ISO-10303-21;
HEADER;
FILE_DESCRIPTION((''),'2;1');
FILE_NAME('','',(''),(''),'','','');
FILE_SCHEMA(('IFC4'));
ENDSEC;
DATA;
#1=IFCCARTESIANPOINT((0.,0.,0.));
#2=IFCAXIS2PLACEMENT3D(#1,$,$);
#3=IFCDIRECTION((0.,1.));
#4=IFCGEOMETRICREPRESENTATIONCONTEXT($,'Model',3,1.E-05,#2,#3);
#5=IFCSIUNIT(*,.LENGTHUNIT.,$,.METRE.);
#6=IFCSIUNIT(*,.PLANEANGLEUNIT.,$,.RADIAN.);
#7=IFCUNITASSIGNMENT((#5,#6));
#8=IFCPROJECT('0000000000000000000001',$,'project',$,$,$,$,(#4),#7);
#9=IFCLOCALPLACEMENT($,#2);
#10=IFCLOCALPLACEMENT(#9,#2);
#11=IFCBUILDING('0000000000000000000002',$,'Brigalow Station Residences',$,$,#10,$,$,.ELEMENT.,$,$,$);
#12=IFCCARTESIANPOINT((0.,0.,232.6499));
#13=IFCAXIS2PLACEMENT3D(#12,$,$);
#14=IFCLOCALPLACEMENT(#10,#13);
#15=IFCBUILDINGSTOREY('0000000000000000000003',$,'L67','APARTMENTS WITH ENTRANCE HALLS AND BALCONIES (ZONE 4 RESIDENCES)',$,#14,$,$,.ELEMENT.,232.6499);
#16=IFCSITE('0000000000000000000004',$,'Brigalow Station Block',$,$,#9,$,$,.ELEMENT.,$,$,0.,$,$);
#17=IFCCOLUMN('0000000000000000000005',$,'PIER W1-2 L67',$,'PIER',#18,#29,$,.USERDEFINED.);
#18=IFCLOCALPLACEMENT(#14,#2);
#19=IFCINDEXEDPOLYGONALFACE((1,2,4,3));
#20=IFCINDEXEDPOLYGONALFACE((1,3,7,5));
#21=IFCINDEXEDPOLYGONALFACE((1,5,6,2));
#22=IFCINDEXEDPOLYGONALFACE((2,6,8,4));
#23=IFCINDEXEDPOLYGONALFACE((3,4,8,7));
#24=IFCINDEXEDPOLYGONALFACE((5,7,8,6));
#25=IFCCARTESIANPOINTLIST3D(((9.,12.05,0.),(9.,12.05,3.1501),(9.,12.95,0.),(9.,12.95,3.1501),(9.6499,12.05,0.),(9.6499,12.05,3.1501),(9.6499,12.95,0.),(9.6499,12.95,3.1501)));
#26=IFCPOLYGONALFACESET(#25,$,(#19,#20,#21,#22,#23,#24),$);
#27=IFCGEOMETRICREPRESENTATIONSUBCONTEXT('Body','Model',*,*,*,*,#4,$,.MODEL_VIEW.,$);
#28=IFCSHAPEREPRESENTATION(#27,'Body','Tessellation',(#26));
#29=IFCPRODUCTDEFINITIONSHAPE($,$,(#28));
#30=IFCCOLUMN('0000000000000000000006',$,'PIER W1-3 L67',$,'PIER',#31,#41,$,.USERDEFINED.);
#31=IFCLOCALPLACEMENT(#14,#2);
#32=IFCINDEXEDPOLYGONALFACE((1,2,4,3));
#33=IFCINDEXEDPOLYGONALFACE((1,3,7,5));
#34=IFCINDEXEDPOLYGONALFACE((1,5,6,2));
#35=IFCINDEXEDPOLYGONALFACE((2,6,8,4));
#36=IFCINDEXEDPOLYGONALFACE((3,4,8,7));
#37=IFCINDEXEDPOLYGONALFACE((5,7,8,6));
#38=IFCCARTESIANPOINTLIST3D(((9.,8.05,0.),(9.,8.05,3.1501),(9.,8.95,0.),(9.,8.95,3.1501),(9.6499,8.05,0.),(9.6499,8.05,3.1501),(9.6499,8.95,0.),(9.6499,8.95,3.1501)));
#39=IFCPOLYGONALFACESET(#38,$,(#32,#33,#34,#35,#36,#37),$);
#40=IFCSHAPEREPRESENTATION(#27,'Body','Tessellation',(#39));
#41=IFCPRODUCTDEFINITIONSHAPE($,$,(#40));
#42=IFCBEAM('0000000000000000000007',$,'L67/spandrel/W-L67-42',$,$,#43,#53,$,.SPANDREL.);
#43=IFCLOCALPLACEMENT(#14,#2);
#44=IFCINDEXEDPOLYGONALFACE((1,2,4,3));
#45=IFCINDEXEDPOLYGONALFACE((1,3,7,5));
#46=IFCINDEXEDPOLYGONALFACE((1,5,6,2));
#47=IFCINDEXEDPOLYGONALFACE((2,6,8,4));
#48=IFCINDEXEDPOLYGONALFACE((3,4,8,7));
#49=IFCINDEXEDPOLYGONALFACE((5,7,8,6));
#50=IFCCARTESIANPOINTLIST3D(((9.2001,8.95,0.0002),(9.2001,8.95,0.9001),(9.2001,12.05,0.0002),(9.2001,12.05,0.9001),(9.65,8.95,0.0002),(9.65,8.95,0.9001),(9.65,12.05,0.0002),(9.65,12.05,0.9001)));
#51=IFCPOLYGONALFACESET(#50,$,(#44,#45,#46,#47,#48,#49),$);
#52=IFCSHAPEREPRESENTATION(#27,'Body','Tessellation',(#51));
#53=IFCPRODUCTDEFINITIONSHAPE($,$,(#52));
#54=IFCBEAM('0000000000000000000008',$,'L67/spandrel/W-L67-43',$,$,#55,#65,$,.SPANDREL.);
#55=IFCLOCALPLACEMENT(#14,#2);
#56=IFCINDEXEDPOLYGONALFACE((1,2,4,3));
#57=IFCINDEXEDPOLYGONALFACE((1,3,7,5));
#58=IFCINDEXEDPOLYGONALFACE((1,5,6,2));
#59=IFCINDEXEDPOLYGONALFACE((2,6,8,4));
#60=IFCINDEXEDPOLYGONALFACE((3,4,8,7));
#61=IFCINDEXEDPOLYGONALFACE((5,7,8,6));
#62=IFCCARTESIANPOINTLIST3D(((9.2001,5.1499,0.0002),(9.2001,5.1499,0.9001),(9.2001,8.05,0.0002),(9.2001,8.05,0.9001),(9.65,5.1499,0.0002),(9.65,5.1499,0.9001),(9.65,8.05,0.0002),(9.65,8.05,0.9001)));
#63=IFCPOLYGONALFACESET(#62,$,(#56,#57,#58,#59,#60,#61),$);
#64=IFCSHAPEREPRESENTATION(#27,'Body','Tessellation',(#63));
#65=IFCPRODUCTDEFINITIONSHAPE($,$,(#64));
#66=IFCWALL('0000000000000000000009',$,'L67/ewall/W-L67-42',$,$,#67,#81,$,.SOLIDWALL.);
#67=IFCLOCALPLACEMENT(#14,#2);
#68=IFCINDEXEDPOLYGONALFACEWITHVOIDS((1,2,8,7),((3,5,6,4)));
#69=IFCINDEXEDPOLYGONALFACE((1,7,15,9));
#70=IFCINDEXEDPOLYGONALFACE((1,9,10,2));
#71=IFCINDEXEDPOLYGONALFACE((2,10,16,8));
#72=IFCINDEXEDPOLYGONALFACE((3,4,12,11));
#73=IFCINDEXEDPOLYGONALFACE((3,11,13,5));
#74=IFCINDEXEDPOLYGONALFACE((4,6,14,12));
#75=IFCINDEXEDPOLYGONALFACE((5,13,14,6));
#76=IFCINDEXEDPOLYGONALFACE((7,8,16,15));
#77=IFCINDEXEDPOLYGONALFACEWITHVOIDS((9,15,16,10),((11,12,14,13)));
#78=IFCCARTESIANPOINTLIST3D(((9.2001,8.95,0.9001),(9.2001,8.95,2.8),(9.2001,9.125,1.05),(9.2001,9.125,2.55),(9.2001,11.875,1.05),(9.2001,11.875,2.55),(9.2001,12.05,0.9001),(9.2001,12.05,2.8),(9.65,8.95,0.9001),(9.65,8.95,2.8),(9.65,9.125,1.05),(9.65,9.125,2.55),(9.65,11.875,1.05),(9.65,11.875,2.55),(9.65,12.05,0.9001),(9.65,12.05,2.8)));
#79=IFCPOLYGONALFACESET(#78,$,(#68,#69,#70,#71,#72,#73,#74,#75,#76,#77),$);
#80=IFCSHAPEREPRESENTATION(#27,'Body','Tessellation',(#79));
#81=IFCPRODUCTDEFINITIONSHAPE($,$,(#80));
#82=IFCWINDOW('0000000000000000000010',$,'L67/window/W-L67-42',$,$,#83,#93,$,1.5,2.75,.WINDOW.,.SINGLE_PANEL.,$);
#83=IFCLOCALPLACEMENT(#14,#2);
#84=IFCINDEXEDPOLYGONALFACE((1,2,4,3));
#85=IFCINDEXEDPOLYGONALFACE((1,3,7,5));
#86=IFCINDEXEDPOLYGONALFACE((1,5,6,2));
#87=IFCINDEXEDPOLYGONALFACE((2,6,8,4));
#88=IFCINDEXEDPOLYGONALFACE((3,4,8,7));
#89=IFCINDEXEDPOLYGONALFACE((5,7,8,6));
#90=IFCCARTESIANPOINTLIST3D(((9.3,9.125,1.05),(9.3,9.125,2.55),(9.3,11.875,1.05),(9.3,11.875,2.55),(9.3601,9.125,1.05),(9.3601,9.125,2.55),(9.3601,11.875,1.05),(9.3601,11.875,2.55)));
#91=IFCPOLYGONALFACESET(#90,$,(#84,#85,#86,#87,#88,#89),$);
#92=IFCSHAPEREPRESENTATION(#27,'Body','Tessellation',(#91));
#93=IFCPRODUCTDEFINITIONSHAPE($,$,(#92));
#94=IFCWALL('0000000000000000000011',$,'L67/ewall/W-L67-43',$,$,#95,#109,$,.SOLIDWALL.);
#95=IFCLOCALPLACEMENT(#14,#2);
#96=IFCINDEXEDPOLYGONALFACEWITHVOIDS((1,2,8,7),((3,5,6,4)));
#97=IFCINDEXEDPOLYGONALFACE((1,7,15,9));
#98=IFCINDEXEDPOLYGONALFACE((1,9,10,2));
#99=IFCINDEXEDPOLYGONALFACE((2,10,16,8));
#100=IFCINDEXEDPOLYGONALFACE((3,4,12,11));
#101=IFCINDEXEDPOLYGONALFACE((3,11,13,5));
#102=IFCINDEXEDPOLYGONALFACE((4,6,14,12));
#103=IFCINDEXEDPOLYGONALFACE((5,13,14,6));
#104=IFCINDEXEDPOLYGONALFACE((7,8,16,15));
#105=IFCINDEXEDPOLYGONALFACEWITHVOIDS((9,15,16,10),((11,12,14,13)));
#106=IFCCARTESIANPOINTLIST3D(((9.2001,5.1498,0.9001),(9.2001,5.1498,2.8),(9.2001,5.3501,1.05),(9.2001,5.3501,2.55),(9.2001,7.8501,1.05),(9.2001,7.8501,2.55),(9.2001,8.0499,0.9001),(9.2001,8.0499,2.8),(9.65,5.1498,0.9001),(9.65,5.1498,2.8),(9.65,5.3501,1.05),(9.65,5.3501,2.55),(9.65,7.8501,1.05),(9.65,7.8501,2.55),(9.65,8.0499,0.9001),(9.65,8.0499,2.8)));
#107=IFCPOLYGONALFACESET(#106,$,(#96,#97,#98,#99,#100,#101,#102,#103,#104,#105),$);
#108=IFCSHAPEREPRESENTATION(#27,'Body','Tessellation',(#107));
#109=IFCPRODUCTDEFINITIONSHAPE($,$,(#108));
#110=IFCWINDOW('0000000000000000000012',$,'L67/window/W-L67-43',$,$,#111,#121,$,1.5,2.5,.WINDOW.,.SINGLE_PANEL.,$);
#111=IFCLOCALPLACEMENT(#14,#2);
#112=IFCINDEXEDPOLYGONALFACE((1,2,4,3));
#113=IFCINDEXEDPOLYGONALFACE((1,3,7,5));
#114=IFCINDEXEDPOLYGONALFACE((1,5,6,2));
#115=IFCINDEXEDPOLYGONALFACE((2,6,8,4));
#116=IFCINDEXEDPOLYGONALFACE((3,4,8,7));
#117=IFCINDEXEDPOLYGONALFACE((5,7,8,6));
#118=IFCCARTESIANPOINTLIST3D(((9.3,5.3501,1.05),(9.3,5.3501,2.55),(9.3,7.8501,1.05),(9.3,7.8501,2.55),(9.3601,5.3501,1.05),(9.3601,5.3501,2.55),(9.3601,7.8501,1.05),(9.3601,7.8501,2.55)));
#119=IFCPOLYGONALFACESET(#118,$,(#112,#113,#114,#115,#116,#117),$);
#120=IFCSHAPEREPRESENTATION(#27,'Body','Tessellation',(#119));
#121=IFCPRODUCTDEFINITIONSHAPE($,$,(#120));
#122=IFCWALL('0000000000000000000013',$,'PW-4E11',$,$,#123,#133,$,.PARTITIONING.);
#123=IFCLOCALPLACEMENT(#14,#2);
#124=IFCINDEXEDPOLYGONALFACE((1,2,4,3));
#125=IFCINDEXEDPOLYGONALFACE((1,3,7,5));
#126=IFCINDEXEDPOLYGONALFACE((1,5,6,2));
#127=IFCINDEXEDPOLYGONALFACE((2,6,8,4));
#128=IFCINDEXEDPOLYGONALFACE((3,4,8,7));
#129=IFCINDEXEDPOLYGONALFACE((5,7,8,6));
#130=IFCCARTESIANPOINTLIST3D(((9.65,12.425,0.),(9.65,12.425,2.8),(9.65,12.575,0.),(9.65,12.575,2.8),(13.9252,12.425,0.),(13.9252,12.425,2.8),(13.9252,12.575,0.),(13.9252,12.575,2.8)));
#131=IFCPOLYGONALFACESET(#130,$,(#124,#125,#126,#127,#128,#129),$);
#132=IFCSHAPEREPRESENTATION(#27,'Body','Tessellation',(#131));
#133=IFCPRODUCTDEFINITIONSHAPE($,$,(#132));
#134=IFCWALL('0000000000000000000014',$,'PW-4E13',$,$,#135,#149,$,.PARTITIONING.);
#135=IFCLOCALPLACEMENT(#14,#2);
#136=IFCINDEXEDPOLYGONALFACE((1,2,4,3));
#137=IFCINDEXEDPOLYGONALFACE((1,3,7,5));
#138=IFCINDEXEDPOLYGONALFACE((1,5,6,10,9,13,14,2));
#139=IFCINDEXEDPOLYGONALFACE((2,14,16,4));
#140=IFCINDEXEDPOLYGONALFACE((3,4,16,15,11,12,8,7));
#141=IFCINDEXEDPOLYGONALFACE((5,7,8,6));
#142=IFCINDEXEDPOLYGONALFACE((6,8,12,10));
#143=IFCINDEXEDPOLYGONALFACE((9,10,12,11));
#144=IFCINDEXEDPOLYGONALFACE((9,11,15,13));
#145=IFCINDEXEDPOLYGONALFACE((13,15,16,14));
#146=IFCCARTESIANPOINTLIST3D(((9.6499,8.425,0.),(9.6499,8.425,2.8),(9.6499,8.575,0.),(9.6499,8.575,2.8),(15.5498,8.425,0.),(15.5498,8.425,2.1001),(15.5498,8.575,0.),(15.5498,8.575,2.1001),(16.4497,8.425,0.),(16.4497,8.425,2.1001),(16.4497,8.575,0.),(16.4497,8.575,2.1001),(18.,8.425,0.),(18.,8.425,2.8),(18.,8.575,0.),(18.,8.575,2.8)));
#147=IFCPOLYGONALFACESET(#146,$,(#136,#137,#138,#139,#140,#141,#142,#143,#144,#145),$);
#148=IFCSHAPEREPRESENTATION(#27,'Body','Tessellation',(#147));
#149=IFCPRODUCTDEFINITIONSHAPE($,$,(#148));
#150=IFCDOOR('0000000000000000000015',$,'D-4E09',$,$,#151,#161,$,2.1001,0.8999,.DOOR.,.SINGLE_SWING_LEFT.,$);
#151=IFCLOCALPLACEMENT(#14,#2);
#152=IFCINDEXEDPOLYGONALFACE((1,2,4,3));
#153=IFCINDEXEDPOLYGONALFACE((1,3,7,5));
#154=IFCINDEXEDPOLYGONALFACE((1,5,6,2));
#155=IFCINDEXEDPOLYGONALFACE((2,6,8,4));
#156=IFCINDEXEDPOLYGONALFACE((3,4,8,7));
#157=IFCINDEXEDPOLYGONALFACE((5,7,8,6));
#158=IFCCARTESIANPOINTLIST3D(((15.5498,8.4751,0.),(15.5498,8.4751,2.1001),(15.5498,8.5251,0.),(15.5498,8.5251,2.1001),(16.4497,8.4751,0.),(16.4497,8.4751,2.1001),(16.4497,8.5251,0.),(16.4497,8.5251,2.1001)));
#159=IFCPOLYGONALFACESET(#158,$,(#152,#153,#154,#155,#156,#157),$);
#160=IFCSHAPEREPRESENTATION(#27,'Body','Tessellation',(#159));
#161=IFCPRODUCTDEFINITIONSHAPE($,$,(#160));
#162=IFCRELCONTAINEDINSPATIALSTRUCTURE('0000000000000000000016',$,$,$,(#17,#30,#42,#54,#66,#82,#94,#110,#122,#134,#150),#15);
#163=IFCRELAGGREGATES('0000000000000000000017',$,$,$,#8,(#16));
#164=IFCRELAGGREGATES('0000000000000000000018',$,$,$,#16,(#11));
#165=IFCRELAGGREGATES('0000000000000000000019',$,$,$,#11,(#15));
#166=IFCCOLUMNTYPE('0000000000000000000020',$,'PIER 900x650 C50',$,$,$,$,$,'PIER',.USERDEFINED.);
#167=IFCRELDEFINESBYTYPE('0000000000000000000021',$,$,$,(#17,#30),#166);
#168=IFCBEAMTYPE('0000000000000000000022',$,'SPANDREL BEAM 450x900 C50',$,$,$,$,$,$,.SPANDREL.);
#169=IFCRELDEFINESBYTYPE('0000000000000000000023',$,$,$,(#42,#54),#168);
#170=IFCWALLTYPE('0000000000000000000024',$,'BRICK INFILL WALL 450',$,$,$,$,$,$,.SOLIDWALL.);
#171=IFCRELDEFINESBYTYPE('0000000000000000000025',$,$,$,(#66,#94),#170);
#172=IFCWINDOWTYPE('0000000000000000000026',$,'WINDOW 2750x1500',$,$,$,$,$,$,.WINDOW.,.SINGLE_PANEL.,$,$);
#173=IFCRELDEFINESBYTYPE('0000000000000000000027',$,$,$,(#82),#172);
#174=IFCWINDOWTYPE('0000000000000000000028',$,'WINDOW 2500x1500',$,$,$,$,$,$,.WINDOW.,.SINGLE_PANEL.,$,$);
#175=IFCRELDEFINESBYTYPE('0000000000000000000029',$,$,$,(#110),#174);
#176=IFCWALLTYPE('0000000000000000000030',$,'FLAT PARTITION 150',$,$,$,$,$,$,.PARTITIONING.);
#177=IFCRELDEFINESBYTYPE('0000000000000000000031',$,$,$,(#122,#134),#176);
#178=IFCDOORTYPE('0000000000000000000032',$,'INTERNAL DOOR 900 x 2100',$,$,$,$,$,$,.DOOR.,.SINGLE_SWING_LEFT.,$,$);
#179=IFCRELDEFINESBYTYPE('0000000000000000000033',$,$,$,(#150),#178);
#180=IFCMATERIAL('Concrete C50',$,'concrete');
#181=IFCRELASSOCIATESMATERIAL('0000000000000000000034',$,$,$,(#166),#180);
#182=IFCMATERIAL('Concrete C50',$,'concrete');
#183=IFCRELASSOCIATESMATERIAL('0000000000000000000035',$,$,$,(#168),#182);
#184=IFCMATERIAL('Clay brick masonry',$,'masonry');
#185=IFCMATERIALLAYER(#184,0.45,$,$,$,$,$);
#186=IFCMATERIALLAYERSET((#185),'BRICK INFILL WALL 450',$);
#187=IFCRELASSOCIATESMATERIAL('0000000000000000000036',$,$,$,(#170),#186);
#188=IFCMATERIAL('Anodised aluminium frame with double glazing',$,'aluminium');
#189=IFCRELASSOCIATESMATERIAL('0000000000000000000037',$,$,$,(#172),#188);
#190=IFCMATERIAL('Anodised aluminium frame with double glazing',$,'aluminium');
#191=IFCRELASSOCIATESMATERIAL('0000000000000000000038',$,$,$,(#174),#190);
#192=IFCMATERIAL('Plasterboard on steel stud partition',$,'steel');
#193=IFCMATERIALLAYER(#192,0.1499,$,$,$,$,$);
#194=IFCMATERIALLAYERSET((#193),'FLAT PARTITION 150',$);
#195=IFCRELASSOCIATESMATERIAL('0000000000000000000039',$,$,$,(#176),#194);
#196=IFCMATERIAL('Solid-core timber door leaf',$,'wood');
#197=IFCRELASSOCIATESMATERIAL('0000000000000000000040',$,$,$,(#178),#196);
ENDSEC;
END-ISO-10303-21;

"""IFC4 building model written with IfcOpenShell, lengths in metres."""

from ifc_helpers import new_model, si_unit, direction, frame, frame_2d, origin, origin_2d, place, context, subcontext, project, spatial, rectangle, extrude, material, layer, layer_set, material_profile, profile_set, type_object, element, fill, save


model = new_model("IFC4")

# Units and contexts
model_context = context("Model", 3, precision=1e-05, world=origin(), true_north=direction((0.0, 1.0)))
body_context = subcontext(model_context, "Body", "Model", "MODEL_VIEW")
ifc_project = project(units=[si_unit("LENGTHUNIT", "METRE"), si_unit("PLANEANGLEUNIT", "RADIAN")], contexts=[model_context])

# Site, building, storey
site_placement = place(None, origin())
site = spatial("IfcSite", under=ifc_project, at=site_placement, Name="Brigalow Station Block", CompositionType="ELEMENT", RefElevation=0.0)
building_placement = place(site_placement, origin())
building = spatial("IfcBuilding", under=site, at=building_placement, Name="Brigalow Station Residences", CompositionType="ELEMENT")
storey_placement = place(building_placement, frame((0.0, 0.0, 232.6499)))
storey = spatial("IfcBuildingStorey", under=building, at=storey_placement, Name="L67", Description="APARTMENTS WITH ENTRANCE HALLS AND BALCONIES (ZONE 4 RESIDENCES)", CompositionType="ELEMENT", Elevation=232.6499)

# Columns
ifc_material_1 = material(Name="Concrete C50", Category="concrete")
ifc_material_profile_1 = material_profile(ifc_material_1, rectangle(XDim=0.8999, YDim=0.6499, at=origin_2d()), Name="RC900x650")
ifc_profile_set_1 = profile_set([ifc_material_profile_1], Name="Concrete C50")
column_type = type_object("IfcColumnType", Name="PIER 900x650 C50", ElementType="PIER", PredefinedType="USERDEFINED", material=ifc_profile_set_1)
for number, where, z_axis, x_axis, name in (
    (1, (9.325, 12.5, 0.0), (0.0, 0.0, 1.0), (0.0, -1.0, 0.0), "PIER W1-2 L67"),
    (2, (9.325, 8.5, 0.0), (0.0, 0.0, 1.0), (0.0, -1.0, 0.0), "PIER W1-3 L67"),
):
    element("IfcColumn", number, at=place(storey_placement, frame(where, z_axis=z_axis, x_axis=x_axis)), inside=storey, type_object=column_type, Name=name, ObjectType="PIER", PredefinedType="USERDEFINED", context=body_context, shape_type="SweptSolid", body=[
        extrude(rectangle(XDim=0.8999, YDim=0.6499, at=origin_2d()), origin(), (0.0, 0.0, 1.0), 3.1501),
    ])

# Beams
ifc_material_2 = material(Name="Concrete C50", Category="concrete")
ifc_material_profile_2 = material_profile(ifc_material_2, rectangle(XDim=0.45, YDim=0.8999, at=origin_2d()), Name="RC450x900")
ifc_profile_set_2 = profile_set([ifc_material_profile_2], Name="Concrete C50")
beam_type = type_object("IfcBeamType", Name="SPANDREL BEAM 450x900 C50", PredefinedType="SPANDREL", material=ifc_profile_set_2)
beam_1_placement = place(storey_placement, frame((9.425, 12.05, 0.4502), z_axis=(0.0, -1.0, 0.0), x_axis=(1.0, 0.0, 0.0)))
element("IfcBeam", 3, at=beam_1_placement, inside=storey, type_object=beam_type, Name="L67/spandrel/W-L67-42", PredefinedType="SPANDREL", context=body_context, shape_type="SweptSolid", body=[
    extrude(rectangle(XDim=0.45, YDim=0.8999, at=origin_2d()), origin(), (0.0, 0.0, 1.0), 3.1001),
])
beam_2_placement = place(storey_placement, frame((9.425, 8.05, 0.4502), z_axis=(0.0, -1.0, 0.0), x_axis=(1.0, 0.0, 0.0)))
element("IfcBeam", 4, at=beam_2_placement, inside=storey, type_object=beam_type, Name="L67/spandrel/W-L67-43", PredefinedType="SPANDREL", context=body_context, shape_type="SweptSolid", body=[
    extrude(rectangle(XDim=0.45, YDim=0.8999, at=origin_2d()), origin(), (0.0, 0.0, 1.0), 2.9001),
])

# Walls, openings, windows
ifc_material_3 = material(Name="Clay brick masonry", Category="masonry")
ifc_layer_1 = layer(ifc_material_3, 0.45)
ifc_layer_set_1 = layer_set([ifc_layer_1], Name="BRICK INFILL WALL 450")
wall_type_1 = type_object("IfcWallType", Name="BRICK INFILL WALL 450", PredefinedType="SOLIDWALL", material=ifc_layer_set_1)
wall_1_placement = place(storey_placement, frame((9.425, 12.05, 0.9001), z_axis=(0.0, 0.0, 1.0), x_axis=(0.0, -1.0, 0.0)))
wall_1 = element("IfcWall", 5, at=wall_1_placement, inside=storey, type_object=wall_type_1, Name="L67/ewall/W-L67-42", PredefinedType="SOLIDWALL", context=body_context, shape_type="SweptSolid", body=[
    extrude(rectangle(XDim=3.1001, YDim=0.45, at=frame_2d((1.55, 0.0))), origin(), (0.0, 0.0, 1.0), 1.8999),
])
opening_1_placement = place(wall_1_placement, frame((0.175, 0.0, 0.1499)))
opening_1 = element("IfcOpeningElement", 6, at=opening_1_placement, cuts=wall_1, PredefinedType="OPENING", context=body_context, shape_type="SweptSolid", body=[
    extrude(rectangle(XDim=2.75, YDim=1.5, at=frame_2d((1.375, 0.75))), frame((0.0, 0.2349, 0.0), z_axis=(0.0, -1.0, 0.0), x_axis=(1.0, 0.0, 0.0)), (0.0, 0.0, 1.0), 0.47),
])
ifc_material_4 = material(Name="Anodised aluminium frame with double glazing", Category="aluminium")
window_type_1 = type_object("IfcWindowType", Name="WINDOW 2750x1500", PartitioningType="SINGLE_PANEL", PredefinedType="WINDOW", material=ifc_material_4)
window_1_placement = place(opening_1_placement, origin())
window_1 = element("IfcWindow", 7, at=window_1_placement, inside=storey, type_object=window_type_1, Name="L67/window/W-L67-42", OverallHeight=1.5, OverallWidth=2.75, PartitioningType="SINGLE_PANEL", PredefinedType="WINDOW", context=body_context, shape_type="SweptSolid", body=[
    extrude(rectangle(XDim=2.75, YDim=1.5, at=frame_2d((1.375, 0.75))), frame((0.0, -0.0649, 0.0), z_axis=(0.0, -1.0, 0.0), x_axis=(1.0, 0.0, 0.0)), (0.0, 0.0, 1.0), 0.0601),
])
fill(opening_1, window_1)
wall_2_placement = place(storey_placement, frame((9.425, 8.05, 0.9001), z_axis=(0.0, 0.0, 1.0), x_axis=(0.0, -1.0, 0.0)))
wall_2 = element("IfcWall", 8, at=wall_2_placement, inside=storey, type_object=wall_type_1, Name="L67/ewall/W-L67-43", PredefinedType="SOLIDWALL", context=body_context, shape_type="SweptSolid", body=[
    extrude(rectangle(XDim=2.9001, YDim=0.45, at=frame_2d((1.4502, 0.0))), origin(), (0.0, 0.0, 1.0), 1.8999),
])
opening_2_placement = place(wall_2_placement, frame((0.2, 0.0, 0.1499)))
opening_2 = element("IfcOpeningElement", 9, at=opening_2_placement, cuts=wall_2, PredefinedType="OPENING", context=body_context, shape_type="SweptSolid", body=[
    extrude(rectangle(XDim=2.5, YDim=1.5, at=frame_2d((1.25, 0.75))), frame((0.0, 0.2349, 0.0), z_axis=(0.0, -1.0, 0.0), x_axis=(1.0, 0.0, 0.0)), (0.0, 0.0, 1.0), 0.47),
])
ifc_material_5 = material(Name="Anodised aluminium frame with double glazing", Category="aluminium")
window_type_2 = type_object("IfcWindowType", Name="WINDOW 2500x1500", PartitioningType="SINGLE_PANEL", PredefinedType="WINDOW", material=ifc_material_5)
window_2_placement = place(opening_2_placement, origin())
window_2 = element("IfcWindow", 10, at=window_2_placement, inside=storey, type_object=window_type_2, Name="L67/window/W-L67-43", OverallHeight=1.5, OverallWidth=2.5, PartitioningType="SINGLE_PANEL", PredefinedType="WINDOW", context=body_context, shape_type="SweptSolid", body=[
    extrude(rectangle(XDim=2.5, YDim=1.5, at=frame_2d((1.25, 0.75))), frame((0.0, -0.0649, 0.0), z_axis=(0.0, -1.0, 0.0), x_axis=(1.0, 0.0, 0.0)), (0.0, 0.0, 1.0), 0.0601),
])
fill(opening_2, window_2)

# Wall
ifc_material_6 = material(Name="Plasterboard on steel stud partition", Category="steel")
ifc_layer_2 = layer(ifc_material_6, 0.1499)
ifc_layer_set_2 = layer_set([ifc_layer_2], Name="FLAT PARTITION 150")
wall_type_2 = type_object("IfcWallType", Name="FLAT PARTITION 150", PredefinedType="PARTITIONING", material=ifc_layer_set_2)
wall_3_placement = place(storey_placement, frame((9.6499, 12.5, 0.0), z_axis=(0.0, 0.0, 1.0), x_axis=(1.0, 0.0, 0.0)))
element("IfcWall", 11, at=wall_3_placement, inside=storey, type_object=wall_type_2, Name="PW-4E11", PredefinedType="PARTITIONING", context=body_context, shape_type="SweptSolid", body=[
    extrude(rectangle(XDim=4.2751, YDim=0.1499, at=frame_2d((2.1377, 0.0))), origin(), (0.0, 0.0, 1.0), 2.8),
])

# Wall, opening, door
wall_4_placement = place(storey_placement, frame((9.6499, 8.5, 0.0), z_axis=(0.0, 0.0, 1.0), x_axis=(1.0, 0.0, 0.0)))
wall_4 = element("IfcWall", 12, at=wall_4_placement, inside=storey, type_object=wall_type_2, Name="PW-4E13", PredefinedType="PARTITIONING", context=body_context, shape_type="SweptSolid", body=[
    extrude(rectangle(XDim=8.3501, YDim=0.1499, at=frame_2d((4.175, 0.0))), origin(), (0.0, 0.0, 1.0), 2.8),
])
opening_3_placement = place(wall_4_placement, frame((5.8999, 0.0, 0.0)))
opening_3 = element("IfcOpeningElement", 13, at=opening_3_placement, cuts=wall_4, PredefinedType="OPENING", context=body_context, shape_type="SweptSolid", body=[
    extrude(rectangle(XDim=0.8999, YDim=2.1001, at=frame_2d((0.45, 1.05))), frame((0.0, 0.085, 0.0), z_axis=(0.0, -1.0, 0.0), x_axis=(1.0, 0.0, 0.0)), (0.0, 0.0, 1.0), 0.1699),
])
ifc_material_7 = material(Name="Solid-core timber door leaf", Category="wood")
door_type = type_object("IfcDoorType", Name="INTERNAL DOOR 900 x 2100", OperationType="SINGLE_SWING_LEFT", PredefinedType="DOOR", material=ifc_material_7)
door_1_placement = place(opening_3_placement, frame((0.8999, 0.0, 0.0), z_axis=(0.0, 0.0, 1.0), x_axis=(-1.0, 0.0, 0.0)))
door_1 = element("IfcDoor", 14, at=door_1_placement, inside=storey, type_object=door_type, Name="D-4E09", OperationType="SINGLE_SWING_LEFT", OverallHeight=2.1001, OverallWidth=0.8999, PredefinedType="DOOR", context=body_context, shape_type="SweptSolid", body=[
    extrude(rectangle(XDim=0.8999, YDim=2.1001, at=frame_2d((0.45, 1.05))), frame((0.0, 0.0249, 0.0), z_axis=(0.0, -1.0, 0.0), x_axis=(1.0, 0.0, 0.0)), (0.0, 0.0, 1.0), 0.05),
])
fill(opening_3, door_1)

save(model, "model.ifc")
